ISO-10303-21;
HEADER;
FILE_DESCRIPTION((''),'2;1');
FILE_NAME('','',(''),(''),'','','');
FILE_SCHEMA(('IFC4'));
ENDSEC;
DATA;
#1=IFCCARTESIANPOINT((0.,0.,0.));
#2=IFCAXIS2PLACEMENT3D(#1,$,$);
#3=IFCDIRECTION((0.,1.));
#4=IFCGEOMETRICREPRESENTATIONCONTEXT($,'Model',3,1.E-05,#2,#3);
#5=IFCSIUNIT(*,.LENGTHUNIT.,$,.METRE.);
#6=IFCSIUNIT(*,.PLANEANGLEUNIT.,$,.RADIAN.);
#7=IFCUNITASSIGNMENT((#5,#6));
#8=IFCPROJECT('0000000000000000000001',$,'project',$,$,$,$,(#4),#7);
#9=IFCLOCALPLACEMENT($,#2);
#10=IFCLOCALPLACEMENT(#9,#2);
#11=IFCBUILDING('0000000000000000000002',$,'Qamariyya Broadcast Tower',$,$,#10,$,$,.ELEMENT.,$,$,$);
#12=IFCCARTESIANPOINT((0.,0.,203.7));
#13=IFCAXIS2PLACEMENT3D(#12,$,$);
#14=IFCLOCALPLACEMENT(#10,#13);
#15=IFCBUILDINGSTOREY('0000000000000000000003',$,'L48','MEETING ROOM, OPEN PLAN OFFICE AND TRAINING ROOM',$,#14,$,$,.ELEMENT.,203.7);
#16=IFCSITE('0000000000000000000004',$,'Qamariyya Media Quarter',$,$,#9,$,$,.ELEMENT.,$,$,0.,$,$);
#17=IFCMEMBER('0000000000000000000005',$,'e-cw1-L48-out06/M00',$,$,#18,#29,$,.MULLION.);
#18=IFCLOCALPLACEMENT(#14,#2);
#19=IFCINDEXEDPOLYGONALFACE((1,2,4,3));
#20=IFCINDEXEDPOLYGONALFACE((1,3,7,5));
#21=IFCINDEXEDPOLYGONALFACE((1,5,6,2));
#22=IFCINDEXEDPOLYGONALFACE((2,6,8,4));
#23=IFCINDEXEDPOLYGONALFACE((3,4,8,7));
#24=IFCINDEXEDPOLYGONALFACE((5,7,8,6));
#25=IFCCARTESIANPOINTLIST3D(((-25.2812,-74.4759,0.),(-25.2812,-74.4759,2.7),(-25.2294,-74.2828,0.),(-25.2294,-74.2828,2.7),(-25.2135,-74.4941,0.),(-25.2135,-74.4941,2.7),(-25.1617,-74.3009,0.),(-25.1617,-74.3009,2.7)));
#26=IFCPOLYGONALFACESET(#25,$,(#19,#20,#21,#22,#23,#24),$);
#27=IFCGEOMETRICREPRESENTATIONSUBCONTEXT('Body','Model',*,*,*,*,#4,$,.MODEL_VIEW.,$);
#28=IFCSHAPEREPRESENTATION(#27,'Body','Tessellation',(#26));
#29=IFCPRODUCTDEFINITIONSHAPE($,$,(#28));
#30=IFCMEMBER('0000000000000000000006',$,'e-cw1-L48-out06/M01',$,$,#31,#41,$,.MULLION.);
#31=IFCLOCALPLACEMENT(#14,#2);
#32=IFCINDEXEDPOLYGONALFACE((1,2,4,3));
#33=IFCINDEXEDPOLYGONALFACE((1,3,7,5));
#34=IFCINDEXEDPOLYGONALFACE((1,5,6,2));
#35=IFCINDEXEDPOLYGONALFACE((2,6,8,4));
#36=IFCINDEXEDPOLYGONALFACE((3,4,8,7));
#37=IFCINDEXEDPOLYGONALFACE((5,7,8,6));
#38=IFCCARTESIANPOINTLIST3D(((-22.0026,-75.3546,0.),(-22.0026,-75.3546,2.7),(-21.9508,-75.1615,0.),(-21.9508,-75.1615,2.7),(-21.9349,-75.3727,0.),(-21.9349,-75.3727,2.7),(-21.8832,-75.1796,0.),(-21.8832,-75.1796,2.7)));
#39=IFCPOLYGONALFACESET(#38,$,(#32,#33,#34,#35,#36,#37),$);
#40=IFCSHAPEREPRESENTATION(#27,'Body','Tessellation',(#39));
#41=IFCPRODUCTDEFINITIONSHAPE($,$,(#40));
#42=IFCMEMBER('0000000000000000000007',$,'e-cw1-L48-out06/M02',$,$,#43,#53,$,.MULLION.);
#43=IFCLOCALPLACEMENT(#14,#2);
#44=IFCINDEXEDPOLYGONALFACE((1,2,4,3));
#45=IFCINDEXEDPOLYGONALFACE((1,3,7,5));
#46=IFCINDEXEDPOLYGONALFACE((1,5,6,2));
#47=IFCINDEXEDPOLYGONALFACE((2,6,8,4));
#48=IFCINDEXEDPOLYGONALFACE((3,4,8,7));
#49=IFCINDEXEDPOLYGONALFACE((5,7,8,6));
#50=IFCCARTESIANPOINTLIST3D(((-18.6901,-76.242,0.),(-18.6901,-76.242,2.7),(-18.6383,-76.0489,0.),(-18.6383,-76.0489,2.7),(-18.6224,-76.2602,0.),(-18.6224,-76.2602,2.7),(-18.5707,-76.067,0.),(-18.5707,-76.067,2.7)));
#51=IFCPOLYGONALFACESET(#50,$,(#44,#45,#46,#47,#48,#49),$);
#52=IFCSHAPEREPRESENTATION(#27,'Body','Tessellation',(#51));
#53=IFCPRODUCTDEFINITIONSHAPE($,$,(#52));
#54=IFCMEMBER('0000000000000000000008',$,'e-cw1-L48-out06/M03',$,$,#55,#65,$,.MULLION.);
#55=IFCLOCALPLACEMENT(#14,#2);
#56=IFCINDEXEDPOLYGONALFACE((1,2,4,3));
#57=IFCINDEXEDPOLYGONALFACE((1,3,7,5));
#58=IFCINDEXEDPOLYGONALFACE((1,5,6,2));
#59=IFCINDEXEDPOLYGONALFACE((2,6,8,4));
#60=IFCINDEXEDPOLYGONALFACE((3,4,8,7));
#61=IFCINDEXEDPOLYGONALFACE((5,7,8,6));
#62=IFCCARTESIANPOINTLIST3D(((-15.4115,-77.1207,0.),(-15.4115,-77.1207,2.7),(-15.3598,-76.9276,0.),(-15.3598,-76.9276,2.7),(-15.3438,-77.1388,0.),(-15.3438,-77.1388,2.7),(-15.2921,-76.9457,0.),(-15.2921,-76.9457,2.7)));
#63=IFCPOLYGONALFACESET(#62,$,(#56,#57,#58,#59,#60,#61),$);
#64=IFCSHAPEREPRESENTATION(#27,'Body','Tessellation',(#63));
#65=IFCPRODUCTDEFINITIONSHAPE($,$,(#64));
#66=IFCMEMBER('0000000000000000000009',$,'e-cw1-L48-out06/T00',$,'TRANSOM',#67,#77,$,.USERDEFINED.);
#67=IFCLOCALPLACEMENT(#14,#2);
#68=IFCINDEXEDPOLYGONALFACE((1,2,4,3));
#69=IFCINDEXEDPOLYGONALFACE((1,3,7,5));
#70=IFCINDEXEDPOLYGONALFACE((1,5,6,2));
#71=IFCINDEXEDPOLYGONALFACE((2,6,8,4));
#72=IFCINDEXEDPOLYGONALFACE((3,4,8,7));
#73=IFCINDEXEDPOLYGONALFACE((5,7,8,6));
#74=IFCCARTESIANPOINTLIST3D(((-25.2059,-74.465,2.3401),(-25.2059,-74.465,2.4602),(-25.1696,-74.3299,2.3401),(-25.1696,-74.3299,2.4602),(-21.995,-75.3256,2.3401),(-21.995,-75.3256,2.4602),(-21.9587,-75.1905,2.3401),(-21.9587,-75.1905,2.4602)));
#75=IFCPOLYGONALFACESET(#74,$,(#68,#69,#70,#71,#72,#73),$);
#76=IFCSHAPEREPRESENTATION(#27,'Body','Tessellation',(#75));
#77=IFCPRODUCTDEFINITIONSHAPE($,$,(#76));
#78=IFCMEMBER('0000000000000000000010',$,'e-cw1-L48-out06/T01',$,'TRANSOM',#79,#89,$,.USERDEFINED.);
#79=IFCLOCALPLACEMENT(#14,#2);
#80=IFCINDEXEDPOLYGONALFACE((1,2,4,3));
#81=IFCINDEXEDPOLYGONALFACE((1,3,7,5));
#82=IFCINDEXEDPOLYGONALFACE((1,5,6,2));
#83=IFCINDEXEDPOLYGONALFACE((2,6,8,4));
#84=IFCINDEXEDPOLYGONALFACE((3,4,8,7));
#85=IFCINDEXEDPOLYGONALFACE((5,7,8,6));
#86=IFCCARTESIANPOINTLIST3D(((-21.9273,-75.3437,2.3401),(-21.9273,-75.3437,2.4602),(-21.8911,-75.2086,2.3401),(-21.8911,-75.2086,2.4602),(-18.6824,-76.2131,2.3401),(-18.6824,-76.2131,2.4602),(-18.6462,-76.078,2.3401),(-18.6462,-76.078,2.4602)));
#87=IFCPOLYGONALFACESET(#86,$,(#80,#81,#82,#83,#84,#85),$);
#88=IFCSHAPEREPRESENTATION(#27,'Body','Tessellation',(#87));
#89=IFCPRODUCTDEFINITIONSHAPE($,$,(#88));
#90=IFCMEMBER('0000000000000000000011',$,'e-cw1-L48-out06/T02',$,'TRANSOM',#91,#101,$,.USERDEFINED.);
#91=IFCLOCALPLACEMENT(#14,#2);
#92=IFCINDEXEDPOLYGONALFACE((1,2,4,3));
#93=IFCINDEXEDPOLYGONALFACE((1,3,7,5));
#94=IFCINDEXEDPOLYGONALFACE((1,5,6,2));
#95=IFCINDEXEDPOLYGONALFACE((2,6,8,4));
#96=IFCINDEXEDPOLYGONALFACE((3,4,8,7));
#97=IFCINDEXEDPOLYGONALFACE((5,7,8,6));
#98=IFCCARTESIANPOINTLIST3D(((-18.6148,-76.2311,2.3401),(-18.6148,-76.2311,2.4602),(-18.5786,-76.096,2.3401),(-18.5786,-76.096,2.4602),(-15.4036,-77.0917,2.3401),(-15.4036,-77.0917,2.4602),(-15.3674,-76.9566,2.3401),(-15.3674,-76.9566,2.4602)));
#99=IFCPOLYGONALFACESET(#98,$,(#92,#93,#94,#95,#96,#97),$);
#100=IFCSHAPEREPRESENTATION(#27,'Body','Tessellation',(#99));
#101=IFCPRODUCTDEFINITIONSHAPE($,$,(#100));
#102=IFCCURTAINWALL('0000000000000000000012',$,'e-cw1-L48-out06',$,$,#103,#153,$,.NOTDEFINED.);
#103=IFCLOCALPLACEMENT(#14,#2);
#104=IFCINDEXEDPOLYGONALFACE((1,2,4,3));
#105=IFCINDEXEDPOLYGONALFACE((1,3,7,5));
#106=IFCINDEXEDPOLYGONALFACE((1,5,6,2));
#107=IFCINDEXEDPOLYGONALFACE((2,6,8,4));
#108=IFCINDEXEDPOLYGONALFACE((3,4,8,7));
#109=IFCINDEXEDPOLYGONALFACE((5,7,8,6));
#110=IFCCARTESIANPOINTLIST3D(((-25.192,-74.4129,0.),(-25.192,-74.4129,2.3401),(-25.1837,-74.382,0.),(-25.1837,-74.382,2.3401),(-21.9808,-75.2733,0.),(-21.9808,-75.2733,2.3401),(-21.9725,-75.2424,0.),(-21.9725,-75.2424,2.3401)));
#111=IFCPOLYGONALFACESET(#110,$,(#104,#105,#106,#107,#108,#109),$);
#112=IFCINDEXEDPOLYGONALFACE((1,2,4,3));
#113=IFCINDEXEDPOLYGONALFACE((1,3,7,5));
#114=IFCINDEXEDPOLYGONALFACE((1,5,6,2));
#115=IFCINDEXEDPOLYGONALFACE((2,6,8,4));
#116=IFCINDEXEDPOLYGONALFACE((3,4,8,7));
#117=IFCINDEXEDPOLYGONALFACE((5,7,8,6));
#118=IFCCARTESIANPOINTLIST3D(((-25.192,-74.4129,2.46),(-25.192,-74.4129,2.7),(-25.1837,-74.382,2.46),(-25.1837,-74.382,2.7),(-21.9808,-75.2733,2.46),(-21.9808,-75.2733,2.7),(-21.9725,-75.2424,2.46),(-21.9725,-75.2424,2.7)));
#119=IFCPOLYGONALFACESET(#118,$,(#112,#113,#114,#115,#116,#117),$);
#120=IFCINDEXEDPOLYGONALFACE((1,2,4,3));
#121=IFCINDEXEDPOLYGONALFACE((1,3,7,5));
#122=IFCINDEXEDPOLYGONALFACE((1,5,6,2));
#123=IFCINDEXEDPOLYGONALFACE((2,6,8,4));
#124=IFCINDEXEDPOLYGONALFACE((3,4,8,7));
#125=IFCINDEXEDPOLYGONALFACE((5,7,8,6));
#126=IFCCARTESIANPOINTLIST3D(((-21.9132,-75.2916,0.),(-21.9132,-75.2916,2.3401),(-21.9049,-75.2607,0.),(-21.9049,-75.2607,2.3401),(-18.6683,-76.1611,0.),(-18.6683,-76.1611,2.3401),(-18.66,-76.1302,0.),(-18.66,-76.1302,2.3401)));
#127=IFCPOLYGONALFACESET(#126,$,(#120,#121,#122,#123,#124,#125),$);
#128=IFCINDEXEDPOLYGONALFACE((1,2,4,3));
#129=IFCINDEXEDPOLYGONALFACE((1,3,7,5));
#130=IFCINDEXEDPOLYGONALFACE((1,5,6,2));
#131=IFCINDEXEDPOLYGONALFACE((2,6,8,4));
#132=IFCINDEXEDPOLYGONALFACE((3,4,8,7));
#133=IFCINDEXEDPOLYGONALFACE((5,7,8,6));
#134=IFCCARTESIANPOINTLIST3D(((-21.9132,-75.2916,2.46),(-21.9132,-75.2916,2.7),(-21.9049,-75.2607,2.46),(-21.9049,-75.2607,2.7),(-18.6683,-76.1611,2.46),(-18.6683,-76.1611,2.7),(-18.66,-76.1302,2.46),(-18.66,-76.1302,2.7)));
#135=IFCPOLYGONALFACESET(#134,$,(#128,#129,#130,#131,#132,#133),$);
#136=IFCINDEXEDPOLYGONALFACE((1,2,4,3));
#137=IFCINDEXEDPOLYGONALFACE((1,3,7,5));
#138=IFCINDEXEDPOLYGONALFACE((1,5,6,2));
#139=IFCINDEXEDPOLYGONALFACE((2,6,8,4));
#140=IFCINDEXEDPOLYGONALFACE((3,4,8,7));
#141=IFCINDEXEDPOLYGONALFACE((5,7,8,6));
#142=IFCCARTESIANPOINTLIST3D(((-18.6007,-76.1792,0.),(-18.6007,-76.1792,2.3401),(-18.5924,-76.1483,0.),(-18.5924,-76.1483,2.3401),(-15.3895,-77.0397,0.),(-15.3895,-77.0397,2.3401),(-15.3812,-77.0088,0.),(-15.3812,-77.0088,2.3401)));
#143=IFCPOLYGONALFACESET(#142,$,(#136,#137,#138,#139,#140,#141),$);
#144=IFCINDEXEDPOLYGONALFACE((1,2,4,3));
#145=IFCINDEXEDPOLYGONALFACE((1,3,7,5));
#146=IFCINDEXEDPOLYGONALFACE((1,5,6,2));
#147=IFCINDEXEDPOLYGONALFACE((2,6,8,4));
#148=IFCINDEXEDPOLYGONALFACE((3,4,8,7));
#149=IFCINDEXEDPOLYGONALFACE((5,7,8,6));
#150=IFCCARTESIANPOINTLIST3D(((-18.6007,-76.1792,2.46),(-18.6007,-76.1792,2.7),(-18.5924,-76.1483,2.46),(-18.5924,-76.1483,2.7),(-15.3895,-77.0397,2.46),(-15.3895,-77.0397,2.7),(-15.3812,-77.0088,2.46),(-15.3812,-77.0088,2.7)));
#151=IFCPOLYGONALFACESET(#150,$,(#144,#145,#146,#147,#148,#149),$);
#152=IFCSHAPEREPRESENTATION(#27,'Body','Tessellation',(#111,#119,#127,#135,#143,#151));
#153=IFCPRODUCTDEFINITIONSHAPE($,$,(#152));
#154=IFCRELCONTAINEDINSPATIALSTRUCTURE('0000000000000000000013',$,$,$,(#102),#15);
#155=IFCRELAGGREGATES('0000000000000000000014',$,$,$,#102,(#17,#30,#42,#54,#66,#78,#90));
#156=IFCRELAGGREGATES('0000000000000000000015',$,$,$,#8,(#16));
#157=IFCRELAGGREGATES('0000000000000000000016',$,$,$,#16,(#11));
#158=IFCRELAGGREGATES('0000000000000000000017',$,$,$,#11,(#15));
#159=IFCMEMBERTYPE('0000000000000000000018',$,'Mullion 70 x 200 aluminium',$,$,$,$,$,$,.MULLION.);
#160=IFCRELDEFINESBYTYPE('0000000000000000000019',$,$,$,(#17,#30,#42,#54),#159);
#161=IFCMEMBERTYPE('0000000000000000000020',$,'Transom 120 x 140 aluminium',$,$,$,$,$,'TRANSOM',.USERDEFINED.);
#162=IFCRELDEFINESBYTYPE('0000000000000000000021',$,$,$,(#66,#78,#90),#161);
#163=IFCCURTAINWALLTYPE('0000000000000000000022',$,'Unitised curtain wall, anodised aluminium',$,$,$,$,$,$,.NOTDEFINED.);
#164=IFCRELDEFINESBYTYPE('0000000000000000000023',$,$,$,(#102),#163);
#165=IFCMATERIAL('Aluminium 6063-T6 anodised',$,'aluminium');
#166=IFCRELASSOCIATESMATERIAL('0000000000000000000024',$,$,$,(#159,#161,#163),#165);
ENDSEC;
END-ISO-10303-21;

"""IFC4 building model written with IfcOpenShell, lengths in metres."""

from ifc_helpers import new_model, si_unit, direction, frame, origin, origin_2d, place, context, subcontext, project, spatial, rectangle, extrude, material, material_profile, profile_set, type_object, element, aggregate, save


model = new_model("IFC4")

# Units and contexts
model_context = context("Model", 3, precision=1e-05, world=origin(), true_north=direction((0.0, 1.0)))
body_context = subcontext(model_context, "Body", "Model", "MODEL_VIEW")
ifc_project = project(units=[si_unit("LENGTHUNIT", "METRE"), si_unit("PLANEANGLEUNIT", "RADIAN")], contexts=[model_context])

# Members
ifc_material = material(Name="Aluminium 6063-T6 anodised", Category="aluminium")
ifc_material_profile_1 = material_profile(ifc_material, rectangle(XDim=0.2, YDim=0.0701, at=origin_2d()))
ifc_profile_set_1 = profile_set([ifc_material_profile_1], Name="Aluminium 6063-T6 anodised")
member_type_1 = type_object("IfcMemberType", Name="Mullion 70 x 200 aluminium", PredefinedType="MULLION", material=ifc_profile_set_1)
site_placement = place(None, origin())
building_placement = place(site_placement, origin())
storey_placement = place(building_placement, frame((0.0, 0.0, 203.7)))
member_1_placement = place(storey_placement, frame((-25.2214, -74.3884, 0.0), z_axis=(0.0, 0.0, 1.0), x_axis=(0.258819, 0.965926, 0.0)))
member_1 = element("IfcMember", 1, at=member_1_placement, type_object=member_type_1, Name="e-cw1-L48-out06/M00", PredefinedType="MULLION", context=body_context, shape_type="SweptSolid", body=[
    extrude(rectangle(XDim=0.2, YDim=0.0701, at=origin_2d()), origin(), (0.0, 0.0, 1.0), 2.7),
])
member_2_placement = place(storey_placement, frame((-21.9429, -75.2671, 0.0), z_axis=(0.0, 0.0, 1.0), x_axis=(0.258819, 0.965926, 0.0)))
member_2 = element("IfcMember", 2, at=member_2_placement, type_object=member_type_1, Name="e-cw1-L48-out06/M01", PredefinedType="MULLION", context=body_context, shape_type="SweptSolid", body=[
    extrude(rectangle(XDim=0.2, YDim=0.0701, at=origin_2d()), origin(), (0.0, 0.0, 1.0), 2.7),
])
member_3_placement = place(storey_placement, frame((-18.6304, -76.1545, 0.0), z_axis=(0.0, 0.0, 1.0), x_axis=(0.258819, 0.965926, 0.0)))
member_3 = element("IfcMember", 3, at=member_3_placement, type_object=member_type_1, Name="e-cw1-L48-out06/M02", PredefinedType="MULLION", context=body_context, shape_type="SweptSolid", body=[
    extrude(rectangle(XDim=0.2, YDim=0.0701, at=origin_2d()), origin(), (0.0, 0.0, 1.0), 2.7),
])
member_4_placement = place(storey_placement, frame((-15.3518, -77.0332, 0.0), z_axis=(0.0, 0.0, 1.0), x_axis=(0.258819, 0.965926, 0.0)))
member_4 = element("IfcMember", 4, at=member_4_placement, type_object=member_type_1, Name="e-cw1-L48-out06/M03", PredefinedType="MULLION", context=body_context, shape_type="SweptSolid", body=[
    extrude(rectangle(XDim=0.2, YDim=0.0701, at=origin_2d()), origin(), (0.0, 0.0, 1.0), 2.7),
])
ifc_material_profile_2 = material_profile(ifc_material, rectangle(XDim=0.1399, YDim=0.1201, at=origin_2d()))
ifc_profile_set_2 = profile_set([ifc_material_profile_2], Name="Aluminium 6063-T6 anodised")
member_type_2 = type_object("IfcMemberType", Name="Transom 120 x 140 aluminium", ElementType="TRANSOM", PredefinedType="USERDEFINED", material=ifc_profile_set_2)
member_5_placement = place(storey_placement, frame((-25.1877, -74.3975, 2.4001), z_axis=(0.965909, -0.258883, 0.0), x_axis=(0.258883, 0.965909, 0.0)))
member_5 = element("IfcMember", 5, at=member_5_placement, type_object=member_type_2, Name="e-cw1-L48-out06/T00", ObjectType="TRANSOM", PredefinedType="USERDEFINED", context=body_context, shape_type="SweptSolid", body=[
    extrude(rectangle(XDim=0.1399, YDim=0.1201, at=origin_2d()), origin(), (0.0, 0.0, 1.0), 3.3242),
])
member_6_placement = place(storey_placement, frame((-21.9092, -75.2761, 2.4001), z_axis=(0.965932, -0.258798, 0.0), x_axis=(0.258798, 0.965932, 0.0)))
member_6 = element("IfcMember", 6, at=member_6_placement, type_object=member_type_2, Name="e-cw1-L48-out06/T01", ObjectType="TRANSOM", PredefinedType="USERDEFINED", context=body_context, shape_type="SweptSolid", body=[
    extrude(rectangle(XDim=0.1399, YDim=0.1201, at=origin_2d()), origin(), (0.0, 0.0, 1.0), 3.3594),
])
member_7_placement = place(storey_placement, frame((-18.5967, -76.1636, 2.4001), z_axis=(0.965914, -0.258865, 0.0), x_axis=(0.258865, 0.965914, 0.0)))
member_7 = element("IfcMember", 7, at=member_7_placement, type_object=member_type_2, Name="e-cw1-L48-out06/T02", ObjectType="TRANSOM", PredefinedType="USERDEFINED", context=body_context, shape_type="SweptSolid", body=[
    extrude(rectangle(XDim=0.1399, YDim=0.1201, at=origin_2d()), origin(), (0.0, 0.0, 1.0), 3.3245),
])

# Site, building, storey
site = spatial("IfcSite", under=ifc_project, at=site_placement, Name="Qamariyya Media Quarter", CompositionType="ELEMENT", RefElevation=0.0)
building = spatial("IfcBuilding", under=site, at=building_placement, Name="Qamariyya Broadcast Tower", CompositionType="ELEMENT")
storey = spatial("IfcBuildingStorey", under=building, at=storey_placement, Name="L48", Description="MEETING ROOM, OPEN PLAN OFFICE AND TRAINING ROOM", CompositionType="ELEMENT", Elevation=203.7)

# Curtain wall
curtain_wall_type = type_object("IfcCurtainWallType", Name="Unitised curtain wall, anodised aluminium", PredefinedType="NOTDEFINED", material=ifc_material)
curtain_wall_1_placement = place(storey_placement, origin())
curtain_wall_1 = element("IfcCurtainWall", 8, at=curtain_wall_1_placement, inside=storey, type_object=curtain_wall_type, Name="e-cw1-L48-out06", PredefinedType="NOTDEFINED", context=body_context, shape_type="SweptSolid", body=[
    extrude(rectangle(XDim=3.3245, YDim=0.032, at=origin_2d()), frame((-23.5823, -74.8276, 0.0), x_axis=(0.965923, -0.258828, 0.0)), (0.0, 0.0, 1.0), 2.3401),
    extrude(rectangle(XDim=3.3245, YDim=0.032, at=origin_2d()), frame((-23.5823, -74.8276, 2.46), x_axis=(0.965923, -0.258828, 0.0)), (0.0, 0.0, 1.0), 0.24),
    extrude(rectangle(XDim=3.3594, YDim=0.032, at=origin_2d()), frame((-20.2866, -75.7109, 0.0), x_axis=(0.965923, -0.258828, 0.0)), (0.0, 0.0, 1.0), 2.3401),
    extrude(rectangle(XDim=3.3594, YDim=0.032, at=origin_2d()), frame((-20.2866, -75.7109, 2.46), x_axis=(0.965923, -0.258828, 0.0)), (0.0, 0.0, 1.0), 0.24),
    extrude(rectangle(XDim=3.3245, YDim=0.032, at=origin_2d()), frame((-16.991, -76.594, 0.0), x_axis=(0.965923, -0.258828, 0.0)), (0.0, 0.0, 1.0), 2.3401),
    extrude(rectangle(XDim=3.3245, YDim=0.032, at=origin_2d()), frame((-16.991, -76.594, 2.46), x_axis=(0.965923, -0.258828, 0.0)), (0.0, 0.0, 1.0), 0.24),
])
aggregate(curtain_wall_1, [member_1, member_2, member_3, member_4, member_5, member_6, member_7])

save(model, "model.ifc")
